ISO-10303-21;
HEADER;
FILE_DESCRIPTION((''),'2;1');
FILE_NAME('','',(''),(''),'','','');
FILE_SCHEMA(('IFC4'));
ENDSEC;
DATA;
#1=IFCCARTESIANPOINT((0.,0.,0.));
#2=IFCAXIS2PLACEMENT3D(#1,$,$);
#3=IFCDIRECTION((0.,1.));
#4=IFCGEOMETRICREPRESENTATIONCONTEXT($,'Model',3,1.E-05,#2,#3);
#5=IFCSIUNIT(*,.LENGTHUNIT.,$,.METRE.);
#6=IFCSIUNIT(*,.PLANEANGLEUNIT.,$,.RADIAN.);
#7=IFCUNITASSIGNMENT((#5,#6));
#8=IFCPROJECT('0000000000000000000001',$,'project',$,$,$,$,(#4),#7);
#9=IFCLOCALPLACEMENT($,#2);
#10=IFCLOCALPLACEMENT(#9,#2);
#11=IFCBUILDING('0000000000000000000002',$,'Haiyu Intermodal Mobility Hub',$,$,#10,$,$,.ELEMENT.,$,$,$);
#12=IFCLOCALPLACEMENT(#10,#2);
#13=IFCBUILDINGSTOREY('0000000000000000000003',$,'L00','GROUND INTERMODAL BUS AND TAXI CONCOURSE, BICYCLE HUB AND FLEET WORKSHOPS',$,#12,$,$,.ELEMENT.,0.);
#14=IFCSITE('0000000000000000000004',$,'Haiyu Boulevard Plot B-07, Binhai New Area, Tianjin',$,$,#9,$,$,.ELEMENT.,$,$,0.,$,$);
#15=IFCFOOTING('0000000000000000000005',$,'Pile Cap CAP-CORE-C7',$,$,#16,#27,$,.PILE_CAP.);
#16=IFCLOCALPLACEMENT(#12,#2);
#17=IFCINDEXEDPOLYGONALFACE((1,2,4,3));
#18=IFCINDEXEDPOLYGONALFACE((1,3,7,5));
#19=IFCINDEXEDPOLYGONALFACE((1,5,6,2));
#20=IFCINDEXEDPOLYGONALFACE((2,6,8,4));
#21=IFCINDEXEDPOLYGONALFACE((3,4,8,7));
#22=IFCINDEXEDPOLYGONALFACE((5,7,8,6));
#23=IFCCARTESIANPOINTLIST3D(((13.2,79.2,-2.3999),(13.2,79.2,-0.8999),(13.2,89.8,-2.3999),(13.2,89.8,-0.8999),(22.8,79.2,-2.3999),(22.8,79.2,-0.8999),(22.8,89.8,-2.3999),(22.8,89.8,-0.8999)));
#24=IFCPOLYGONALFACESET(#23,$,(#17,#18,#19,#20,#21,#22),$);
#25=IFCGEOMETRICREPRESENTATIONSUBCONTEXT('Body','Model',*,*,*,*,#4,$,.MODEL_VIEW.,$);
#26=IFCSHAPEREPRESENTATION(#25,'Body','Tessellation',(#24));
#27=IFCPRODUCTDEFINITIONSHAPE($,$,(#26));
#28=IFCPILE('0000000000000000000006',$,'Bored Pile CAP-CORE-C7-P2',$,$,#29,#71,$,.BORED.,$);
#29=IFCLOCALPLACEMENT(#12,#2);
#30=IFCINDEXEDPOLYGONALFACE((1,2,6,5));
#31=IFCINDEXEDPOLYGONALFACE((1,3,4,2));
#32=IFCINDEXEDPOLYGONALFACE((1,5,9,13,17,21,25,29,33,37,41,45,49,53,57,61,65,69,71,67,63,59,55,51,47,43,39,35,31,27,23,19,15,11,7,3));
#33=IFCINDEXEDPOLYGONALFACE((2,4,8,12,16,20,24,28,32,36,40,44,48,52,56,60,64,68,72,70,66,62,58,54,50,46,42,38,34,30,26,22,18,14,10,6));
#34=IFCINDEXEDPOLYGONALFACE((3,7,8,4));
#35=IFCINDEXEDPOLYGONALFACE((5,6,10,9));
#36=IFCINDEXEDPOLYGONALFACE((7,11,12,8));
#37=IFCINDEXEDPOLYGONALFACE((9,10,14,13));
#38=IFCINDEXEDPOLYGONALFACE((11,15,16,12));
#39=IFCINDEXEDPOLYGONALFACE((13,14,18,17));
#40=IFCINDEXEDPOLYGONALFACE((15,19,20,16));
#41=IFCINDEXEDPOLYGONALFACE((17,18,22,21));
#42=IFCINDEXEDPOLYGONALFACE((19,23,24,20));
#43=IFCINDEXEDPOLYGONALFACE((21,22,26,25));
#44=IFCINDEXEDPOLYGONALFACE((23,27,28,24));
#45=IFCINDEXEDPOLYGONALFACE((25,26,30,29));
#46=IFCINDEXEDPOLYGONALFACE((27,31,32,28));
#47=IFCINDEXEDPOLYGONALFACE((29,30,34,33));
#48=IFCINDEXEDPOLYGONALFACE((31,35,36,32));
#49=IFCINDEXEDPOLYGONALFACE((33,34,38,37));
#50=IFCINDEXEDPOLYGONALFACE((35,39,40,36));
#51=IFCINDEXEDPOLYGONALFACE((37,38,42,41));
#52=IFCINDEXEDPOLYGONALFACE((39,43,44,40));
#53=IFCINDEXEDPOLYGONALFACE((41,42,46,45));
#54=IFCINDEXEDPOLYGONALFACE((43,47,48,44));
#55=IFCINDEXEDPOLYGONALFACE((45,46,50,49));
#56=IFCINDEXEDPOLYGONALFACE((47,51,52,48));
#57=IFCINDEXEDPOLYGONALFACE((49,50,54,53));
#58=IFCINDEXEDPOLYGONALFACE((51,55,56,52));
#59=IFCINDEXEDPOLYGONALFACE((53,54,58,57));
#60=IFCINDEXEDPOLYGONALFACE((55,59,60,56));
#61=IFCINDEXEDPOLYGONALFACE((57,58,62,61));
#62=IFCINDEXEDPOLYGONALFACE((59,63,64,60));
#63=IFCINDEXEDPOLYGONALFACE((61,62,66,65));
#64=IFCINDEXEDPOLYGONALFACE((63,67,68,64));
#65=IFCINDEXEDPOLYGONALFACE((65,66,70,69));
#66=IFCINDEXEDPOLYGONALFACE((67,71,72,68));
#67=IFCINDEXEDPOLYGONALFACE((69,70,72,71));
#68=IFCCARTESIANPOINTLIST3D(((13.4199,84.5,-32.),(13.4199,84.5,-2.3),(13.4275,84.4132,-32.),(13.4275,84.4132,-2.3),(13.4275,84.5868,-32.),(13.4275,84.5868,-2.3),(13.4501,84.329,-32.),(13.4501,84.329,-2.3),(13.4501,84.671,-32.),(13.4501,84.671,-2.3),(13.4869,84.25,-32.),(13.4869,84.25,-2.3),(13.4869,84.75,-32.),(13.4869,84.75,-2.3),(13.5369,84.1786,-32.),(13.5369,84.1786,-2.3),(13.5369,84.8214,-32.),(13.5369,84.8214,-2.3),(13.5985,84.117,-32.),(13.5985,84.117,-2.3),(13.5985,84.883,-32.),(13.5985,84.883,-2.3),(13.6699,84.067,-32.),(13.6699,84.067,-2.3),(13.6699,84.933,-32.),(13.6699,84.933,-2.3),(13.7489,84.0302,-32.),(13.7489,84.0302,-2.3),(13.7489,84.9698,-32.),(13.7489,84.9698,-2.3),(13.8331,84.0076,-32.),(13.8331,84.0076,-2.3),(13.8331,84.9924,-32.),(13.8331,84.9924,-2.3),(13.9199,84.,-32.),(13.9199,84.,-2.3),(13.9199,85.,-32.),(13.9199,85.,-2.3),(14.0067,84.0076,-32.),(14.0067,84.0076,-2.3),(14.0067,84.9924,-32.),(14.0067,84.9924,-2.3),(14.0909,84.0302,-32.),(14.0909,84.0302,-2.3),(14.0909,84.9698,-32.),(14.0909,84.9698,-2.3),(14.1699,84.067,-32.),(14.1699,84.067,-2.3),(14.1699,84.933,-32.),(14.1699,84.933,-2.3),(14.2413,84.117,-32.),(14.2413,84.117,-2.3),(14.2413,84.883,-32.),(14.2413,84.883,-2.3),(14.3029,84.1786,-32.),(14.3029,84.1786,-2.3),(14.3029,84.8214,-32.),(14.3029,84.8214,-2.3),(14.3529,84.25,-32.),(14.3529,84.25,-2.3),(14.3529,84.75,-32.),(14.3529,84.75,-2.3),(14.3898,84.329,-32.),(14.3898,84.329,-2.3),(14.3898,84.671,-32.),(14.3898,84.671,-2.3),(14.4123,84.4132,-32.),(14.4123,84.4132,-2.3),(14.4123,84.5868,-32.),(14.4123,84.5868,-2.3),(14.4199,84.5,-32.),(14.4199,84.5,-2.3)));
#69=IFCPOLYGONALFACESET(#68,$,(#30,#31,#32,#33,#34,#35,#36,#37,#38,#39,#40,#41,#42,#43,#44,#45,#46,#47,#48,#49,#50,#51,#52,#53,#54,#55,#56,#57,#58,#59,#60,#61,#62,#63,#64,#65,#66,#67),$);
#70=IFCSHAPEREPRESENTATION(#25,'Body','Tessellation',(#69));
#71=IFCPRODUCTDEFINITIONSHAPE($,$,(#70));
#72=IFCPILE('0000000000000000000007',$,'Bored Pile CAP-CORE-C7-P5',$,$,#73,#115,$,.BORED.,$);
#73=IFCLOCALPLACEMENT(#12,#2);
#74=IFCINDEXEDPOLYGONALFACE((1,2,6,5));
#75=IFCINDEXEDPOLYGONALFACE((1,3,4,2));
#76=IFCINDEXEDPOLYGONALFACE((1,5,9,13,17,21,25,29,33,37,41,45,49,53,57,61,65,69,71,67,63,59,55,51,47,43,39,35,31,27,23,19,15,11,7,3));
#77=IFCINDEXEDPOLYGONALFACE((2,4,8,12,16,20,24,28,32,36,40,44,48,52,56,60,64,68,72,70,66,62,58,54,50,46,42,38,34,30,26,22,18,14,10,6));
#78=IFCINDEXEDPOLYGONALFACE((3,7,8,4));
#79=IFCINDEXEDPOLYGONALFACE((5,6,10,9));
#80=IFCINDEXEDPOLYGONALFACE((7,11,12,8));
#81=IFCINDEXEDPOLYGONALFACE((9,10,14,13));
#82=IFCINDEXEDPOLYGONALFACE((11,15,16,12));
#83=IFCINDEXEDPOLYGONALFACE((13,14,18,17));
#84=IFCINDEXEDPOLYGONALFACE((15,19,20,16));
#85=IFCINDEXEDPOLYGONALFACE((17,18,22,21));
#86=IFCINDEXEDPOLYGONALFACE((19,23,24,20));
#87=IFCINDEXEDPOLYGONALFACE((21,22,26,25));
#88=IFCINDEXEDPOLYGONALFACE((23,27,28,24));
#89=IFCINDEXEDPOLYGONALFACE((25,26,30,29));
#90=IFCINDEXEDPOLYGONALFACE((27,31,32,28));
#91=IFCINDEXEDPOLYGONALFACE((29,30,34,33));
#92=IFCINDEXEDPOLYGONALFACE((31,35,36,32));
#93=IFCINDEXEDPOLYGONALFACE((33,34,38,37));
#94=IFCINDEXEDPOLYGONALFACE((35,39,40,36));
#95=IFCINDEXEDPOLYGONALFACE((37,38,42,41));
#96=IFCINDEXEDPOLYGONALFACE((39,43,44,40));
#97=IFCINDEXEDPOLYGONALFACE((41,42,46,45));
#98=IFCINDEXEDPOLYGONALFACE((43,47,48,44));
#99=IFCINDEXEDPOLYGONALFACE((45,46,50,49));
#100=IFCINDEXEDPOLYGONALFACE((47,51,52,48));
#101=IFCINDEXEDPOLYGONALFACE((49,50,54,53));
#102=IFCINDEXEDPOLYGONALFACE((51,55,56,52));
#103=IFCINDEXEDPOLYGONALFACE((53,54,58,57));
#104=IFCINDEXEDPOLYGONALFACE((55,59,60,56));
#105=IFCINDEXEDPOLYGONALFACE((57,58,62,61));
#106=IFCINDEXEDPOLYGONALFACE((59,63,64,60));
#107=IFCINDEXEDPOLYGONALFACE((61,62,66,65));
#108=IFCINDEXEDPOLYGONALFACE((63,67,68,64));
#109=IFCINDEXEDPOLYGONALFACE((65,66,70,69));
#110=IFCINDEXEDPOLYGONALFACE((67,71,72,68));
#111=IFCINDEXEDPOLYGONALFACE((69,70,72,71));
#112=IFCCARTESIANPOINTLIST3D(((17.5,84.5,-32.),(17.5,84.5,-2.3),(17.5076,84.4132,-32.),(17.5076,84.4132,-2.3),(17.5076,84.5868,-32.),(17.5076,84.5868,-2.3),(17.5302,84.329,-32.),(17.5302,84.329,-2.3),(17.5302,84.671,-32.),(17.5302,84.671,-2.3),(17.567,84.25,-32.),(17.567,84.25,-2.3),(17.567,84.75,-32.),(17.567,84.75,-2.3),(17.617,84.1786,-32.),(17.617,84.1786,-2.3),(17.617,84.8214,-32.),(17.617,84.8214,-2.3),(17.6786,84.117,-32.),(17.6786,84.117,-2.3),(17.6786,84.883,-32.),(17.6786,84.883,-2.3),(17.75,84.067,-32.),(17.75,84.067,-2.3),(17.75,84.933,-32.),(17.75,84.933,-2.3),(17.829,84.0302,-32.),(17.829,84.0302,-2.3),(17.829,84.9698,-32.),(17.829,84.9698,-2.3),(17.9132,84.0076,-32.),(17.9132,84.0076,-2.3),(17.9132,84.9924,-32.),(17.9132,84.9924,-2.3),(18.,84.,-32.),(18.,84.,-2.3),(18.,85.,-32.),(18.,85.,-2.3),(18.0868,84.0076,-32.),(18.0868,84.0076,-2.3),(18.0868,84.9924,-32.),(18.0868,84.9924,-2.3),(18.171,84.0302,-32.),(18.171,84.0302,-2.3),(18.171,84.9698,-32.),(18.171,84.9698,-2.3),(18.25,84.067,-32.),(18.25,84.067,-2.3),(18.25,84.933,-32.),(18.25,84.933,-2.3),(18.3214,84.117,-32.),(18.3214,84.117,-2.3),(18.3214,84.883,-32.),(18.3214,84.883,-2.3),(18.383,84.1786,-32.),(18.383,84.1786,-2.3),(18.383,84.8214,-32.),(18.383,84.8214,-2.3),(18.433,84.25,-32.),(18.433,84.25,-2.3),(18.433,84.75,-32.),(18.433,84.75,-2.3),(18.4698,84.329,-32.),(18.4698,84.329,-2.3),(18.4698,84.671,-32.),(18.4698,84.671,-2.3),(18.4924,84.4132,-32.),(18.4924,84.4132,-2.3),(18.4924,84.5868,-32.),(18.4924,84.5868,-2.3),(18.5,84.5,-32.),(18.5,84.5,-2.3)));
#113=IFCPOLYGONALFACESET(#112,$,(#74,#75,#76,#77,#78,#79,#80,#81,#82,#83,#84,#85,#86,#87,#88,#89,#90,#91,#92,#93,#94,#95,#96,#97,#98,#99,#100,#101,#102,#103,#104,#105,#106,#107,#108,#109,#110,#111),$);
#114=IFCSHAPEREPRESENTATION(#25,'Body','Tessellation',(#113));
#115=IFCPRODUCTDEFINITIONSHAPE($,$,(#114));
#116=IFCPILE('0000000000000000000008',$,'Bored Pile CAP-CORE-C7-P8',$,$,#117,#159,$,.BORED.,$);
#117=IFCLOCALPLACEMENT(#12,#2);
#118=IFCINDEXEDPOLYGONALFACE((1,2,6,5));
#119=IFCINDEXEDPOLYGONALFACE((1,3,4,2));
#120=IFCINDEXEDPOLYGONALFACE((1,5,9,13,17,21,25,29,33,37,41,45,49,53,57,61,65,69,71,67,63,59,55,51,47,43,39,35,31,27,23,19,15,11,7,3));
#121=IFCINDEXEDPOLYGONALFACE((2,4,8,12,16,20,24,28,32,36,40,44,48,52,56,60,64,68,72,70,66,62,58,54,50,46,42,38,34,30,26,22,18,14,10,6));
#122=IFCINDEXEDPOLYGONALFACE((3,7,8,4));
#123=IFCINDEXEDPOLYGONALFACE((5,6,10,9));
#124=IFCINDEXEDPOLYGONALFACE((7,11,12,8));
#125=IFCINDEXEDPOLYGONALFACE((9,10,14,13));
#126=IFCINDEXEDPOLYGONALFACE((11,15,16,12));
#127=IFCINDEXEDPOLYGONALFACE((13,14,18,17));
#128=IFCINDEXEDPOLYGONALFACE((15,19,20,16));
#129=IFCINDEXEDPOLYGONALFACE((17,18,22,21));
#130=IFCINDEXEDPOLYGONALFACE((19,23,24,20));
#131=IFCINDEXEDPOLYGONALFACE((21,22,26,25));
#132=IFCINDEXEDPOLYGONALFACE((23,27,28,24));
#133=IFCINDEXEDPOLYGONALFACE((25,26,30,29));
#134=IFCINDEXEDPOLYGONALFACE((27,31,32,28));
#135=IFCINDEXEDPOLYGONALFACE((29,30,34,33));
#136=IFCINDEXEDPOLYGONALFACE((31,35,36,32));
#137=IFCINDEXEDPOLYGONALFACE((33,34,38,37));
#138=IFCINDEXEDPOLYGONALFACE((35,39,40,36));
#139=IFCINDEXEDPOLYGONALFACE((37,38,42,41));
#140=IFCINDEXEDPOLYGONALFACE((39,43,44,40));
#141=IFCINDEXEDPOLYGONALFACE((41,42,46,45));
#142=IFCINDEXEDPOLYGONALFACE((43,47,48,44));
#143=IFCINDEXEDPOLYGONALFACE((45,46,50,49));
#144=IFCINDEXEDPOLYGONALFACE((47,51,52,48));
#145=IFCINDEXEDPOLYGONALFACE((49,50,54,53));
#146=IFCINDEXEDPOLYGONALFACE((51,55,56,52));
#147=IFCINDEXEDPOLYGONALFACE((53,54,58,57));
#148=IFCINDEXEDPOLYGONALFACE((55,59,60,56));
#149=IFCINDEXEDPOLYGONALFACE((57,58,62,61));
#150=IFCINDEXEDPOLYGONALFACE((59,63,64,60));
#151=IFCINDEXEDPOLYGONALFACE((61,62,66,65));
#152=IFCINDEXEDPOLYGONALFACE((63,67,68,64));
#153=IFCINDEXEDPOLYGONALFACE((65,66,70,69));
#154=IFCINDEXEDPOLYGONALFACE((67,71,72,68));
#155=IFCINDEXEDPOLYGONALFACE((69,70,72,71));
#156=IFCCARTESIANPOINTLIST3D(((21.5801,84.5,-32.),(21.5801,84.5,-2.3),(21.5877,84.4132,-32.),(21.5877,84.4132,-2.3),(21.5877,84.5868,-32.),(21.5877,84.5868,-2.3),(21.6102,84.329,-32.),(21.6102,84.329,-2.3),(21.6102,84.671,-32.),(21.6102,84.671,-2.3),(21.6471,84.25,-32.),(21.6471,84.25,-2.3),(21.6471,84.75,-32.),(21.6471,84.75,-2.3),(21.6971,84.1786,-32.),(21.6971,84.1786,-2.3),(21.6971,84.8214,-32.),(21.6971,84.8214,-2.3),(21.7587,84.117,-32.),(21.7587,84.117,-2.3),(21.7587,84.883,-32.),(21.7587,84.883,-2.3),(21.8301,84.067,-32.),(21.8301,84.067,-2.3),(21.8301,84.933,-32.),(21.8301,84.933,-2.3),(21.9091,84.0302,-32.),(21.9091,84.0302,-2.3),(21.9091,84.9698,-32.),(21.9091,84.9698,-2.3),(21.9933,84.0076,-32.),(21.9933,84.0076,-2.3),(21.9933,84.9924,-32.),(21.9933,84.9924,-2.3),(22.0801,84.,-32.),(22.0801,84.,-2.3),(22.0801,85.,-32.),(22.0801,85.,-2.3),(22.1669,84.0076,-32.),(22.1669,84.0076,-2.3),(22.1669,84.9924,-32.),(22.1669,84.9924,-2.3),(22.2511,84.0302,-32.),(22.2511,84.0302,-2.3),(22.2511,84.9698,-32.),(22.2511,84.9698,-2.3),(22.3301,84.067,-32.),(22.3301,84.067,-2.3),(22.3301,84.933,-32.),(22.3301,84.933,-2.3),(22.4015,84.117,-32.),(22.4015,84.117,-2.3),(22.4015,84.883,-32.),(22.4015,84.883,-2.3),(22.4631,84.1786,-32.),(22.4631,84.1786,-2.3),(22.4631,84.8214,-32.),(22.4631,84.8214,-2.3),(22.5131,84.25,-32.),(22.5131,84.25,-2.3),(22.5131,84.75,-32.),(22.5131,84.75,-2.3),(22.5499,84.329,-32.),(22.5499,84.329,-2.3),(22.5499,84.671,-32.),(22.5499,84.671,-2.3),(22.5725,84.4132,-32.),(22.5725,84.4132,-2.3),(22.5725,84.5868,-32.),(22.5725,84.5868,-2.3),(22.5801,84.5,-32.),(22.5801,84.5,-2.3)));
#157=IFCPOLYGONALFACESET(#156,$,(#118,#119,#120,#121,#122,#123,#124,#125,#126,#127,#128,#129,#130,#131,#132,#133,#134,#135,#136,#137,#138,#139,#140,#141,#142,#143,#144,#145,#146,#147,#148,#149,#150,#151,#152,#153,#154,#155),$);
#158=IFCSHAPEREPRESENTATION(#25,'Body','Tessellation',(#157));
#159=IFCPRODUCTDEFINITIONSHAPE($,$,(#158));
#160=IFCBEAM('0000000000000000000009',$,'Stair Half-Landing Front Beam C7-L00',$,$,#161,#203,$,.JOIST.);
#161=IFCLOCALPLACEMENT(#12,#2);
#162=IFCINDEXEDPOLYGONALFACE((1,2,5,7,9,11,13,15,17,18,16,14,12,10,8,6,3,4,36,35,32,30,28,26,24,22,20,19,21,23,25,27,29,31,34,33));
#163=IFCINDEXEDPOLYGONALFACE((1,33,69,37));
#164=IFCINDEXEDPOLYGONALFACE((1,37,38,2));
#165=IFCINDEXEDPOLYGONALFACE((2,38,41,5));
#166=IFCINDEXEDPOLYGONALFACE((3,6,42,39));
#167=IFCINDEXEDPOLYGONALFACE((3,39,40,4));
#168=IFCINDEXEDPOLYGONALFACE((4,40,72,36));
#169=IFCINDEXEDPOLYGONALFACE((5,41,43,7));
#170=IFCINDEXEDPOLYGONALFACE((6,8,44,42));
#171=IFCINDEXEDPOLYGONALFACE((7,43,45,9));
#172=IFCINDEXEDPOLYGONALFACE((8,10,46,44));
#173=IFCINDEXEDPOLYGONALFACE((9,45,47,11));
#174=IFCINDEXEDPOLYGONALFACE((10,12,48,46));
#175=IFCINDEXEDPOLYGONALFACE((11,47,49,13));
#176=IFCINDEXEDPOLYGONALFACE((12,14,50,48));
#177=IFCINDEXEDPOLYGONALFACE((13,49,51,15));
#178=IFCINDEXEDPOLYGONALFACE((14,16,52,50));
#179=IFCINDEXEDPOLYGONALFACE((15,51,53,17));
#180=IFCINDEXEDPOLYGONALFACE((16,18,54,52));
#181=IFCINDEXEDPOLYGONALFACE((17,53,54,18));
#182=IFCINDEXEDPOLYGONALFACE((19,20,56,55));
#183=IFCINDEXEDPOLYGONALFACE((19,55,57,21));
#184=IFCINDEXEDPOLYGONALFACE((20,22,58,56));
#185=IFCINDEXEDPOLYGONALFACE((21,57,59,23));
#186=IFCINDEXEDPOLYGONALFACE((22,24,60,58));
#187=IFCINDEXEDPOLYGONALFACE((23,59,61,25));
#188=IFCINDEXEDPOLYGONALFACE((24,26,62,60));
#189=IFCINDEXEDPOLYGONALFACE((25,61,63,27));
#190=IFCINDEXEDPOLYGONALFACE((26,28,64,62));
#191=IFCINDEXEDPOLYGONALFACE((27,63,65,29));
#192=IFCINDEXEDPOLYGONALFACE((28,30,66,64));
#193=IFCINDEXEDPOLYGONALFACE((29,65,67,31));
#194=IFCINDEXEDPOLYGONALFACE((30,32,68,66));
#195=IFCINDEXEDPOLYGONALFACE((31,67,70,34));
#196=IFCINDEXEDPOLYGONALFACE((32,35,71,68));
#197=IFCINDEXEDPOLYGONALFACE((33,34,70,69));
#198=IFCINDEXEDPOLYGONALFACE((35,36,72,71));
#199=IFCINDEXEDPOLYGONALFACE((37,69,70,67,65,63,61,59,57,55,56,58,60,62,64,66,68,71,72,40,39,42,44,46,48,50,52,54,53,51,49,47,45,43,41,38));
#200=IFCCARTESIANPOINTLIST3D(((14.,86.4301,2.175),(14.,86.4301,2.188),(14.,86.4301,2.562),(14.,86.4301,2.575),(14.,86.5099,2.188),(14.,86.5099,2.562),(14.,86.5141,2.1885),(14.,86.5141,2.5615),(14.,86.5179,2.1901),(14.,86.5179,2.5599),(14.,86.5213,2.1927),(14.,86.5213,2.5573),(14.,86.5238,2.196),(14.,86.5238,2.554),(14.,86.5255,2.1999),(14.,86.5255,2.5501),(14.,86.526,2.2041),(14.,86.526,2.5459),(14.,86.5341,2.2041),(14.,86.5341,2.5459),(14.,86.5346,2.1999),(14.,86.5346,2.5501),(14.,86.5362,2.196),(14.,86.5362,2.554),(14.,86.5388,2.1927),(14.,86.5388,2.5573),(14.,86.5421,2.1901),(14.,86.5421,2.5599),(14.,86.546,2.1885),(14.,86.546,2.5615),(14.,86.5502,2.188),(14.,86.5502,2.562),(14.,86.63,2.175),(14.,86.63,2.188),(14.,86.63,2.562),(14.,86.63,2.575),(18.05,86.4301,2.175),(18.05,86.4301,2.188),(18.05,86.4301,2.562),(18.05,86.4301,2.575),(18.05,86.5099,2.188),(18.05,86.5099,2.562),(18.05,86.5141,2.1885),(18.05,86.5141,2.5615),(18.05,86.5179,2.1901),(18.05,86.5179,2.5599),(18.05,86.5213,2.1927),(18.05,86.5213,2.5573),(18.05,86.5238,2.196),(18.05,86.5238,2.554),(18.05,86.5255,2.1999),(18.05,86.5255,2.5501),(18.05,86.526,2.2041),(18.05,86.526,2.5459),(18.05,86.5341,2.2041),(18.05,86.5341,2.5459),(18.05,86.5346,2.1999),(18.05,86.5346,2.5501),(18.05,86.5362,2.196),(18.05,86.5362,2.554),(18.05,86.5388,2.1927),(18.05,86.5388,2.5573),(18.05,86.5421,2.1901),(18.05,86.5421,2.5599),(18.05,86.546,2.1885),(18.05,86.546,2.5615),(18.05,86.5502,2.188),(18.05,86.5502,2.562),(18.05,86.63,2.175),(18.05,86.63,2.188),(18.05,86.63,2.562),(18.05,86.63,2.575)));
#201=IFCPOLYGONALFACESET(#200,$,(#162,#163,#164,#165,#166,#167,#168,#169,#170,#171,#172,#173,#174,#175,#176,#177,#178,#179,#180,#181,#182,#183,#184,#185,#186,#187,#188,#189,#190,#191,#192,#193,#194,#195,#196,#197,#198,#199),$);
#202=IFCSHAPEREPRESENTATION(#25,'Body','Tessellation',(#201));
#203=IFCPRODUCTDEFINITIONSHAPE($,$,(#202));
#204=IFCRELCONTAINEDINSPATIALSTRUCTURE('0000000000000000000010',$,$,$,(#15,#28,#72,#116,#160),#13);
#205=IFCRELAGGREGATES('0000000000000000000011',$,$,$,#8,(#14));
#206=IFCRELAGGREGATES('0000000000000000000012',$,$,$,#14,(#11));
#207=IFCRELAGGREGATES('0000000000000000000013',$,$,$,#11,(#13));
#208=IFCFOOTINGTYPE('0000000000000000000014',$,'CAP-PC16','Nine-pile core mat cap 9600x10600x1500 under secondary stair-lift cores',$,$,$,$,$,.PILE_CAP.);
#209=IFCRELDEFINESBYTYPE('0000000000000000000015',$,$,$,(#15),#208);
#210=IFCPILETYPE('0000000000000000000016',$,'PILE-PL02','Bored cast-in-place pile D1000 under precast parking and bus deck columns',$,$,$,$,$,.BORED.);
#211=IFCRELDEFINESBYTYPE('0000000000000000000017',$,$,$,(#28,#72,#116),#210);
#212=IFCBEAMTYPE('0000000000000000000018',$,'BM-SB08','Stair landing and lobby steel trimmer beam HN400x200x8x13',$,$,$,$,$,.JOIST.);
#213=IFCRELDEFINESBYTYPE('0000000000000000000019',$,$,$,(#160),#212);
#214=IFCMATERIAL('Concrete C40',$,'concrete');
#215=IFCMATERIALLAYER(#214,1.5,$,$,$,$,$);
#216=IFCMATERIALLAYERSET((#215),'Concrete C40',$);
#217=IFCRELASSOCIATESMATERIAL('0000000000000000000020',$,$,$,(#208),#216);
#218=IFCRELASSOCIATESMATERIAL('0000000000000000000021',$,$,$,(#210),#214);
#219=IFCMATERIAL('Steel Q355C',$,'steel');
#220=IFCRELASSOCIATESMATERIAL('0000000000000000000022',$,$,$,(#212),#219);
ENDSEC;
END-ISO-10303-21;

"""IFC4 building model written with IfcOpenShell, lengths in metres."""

from ifc_helpers import new_model, si_unit, direction, frame, origin, origin_2d, place, context, subcontext, project, spatial, rectangle, circle, i_section, extrude, material, layer, layer_set, material_profile, profile_set, type_object, element, save


model = new_model("IFC4")

# Units and contexts
model_context = context("Model", 3, precision=1e-05, world=origin(), true_north=direction((0.0, 1.0)))
body_context = subcontext(model_context, "Body", "Model", "MODEL_VIEW")
ifc_project = project(units=[si_unit("LENGTHUNIT", "METRE"), si_unit("PLANEANGLEUNIT", "RADIAN")], contexts=[model_context])

# Site, building, storey
site_placement = place(None, origin())
site = spatial("IfcSite", under=ifc_project, at=site_placement, Name="Haiyu Boulevard Plot B-07, Binhai New Area, Tianjin", CompositionType="ELEMENT", RefElevation=0.0)
building_placement = place(site_placement, origin())
building = spatial("IfcBuilding", under=site, at=building_placement, Name="Haiyu Intermodal Mobility Hub", CompositionType="ELEMENT")
storey_placement = place(building_placement, origin())
storey = spatial("IfcBuildingStorey", under=building, at=storey_placement, Name="L00", Description="GROUND INTERMODAL BUS AND TAXI CONCOURSE, BICYCLE HUB AND FLEET WORKSHOPS", CompositionType="ELEMENT", Elevation=0.0)

# Footing
ifc_material_1 = material(Name="Concrete C40", Category="concrete")
ifc_layer_1 = layer(ifc_material_1, 1.5)
ifc_layer_set_1 = layer_set([ifc_layer_1], Name="Concrete C40")
footing_type = type_object("IfcFootingType", Name="CAP-PC16", Description="Nine-pile core mat cap 9600x10600x1500 under secondary stair-lift cores", PredefinedType="PILE_CAP", material=ifc_layer_set_1)
footing_placement = place(storey_placement, frame((18.0, 84.5, -2.3999), z_axis=(0.0, 0.0, 1.0), x_axis=(1.0, 0.0, 0.0)))
element("IfcFooting", 1, at=footing_placement, inside=storey, type_object=footing_type, Name="Pile Cap CAP-CORE-C7", PredefinedType="PILE_CAP", context=body_context, shape_type="SweptSolid", body=[
    extrude(rectangle(XDim=9.6001, YDim=10.6001, at=origin_2d()), origin(), (0.0, 0.0, 1.0), 1.5),
])

# Piles
ifc_material_profile_1 = material_profile(ifc_material_1, circle(Radius=0.5, at=origin_2d()), Name="PILE-D1000")
ifc_profile_set_1 = profile_set([ifc_material_profile_1], Name="Concrete C40")
pile_type = type_object("IfcPileType", Name="PILE-PL02", Description="Bored cast-in-place pile D1000 under precast parking and bus deck columns", PredefinedType="BORED", material=ifc_profile_set_1)
for number, where, z_axis, x_axis, name in (
    (2, (13.9199, 84.5, -2.3), (0.0, 0.0, -1.0), (1.0, 0.0, 0.0), "Bored Pile CAP-CORE-C7-P2"),
    (3, (18.0, 84.5, -2.3), (0.0, 0.0, -1.0), (1.0, 0.0, 0.0), "Bored Pile CAP-CORE-C7-P5"),
    (4, (22.0801, 84.5, -2.3), (0.0, 0.0, -1.0), (1.0, 0.0, 0.0), "Bored Pile CAP-CORE-C7-P8"),
):
    element("IfcPile", number, at=place(storey_placement, frame(where, z_axis=z_axis, x_axis=x_axis)), inside=storey, type_object=pile_type, Name=name, PredefinedType="BORED", context=body_context, shape_type="SweptSolid", body=[
        extrude(circle(Radius=0.5, at=origin_2d()), origin(), (0.0, 0.0, 1.0), 29.7),
    ])

# Beam
ifc_material_2 = material(Name="Steel Q355C", Category="steel")
ifc_material_profile_2 = material_profile(ifc_material_2, i_section(OverallWidth=0.2, OverallDepth=0.3999, WebThickness=0.0081, FlangeThickness=0.0129, FilletRadius=0.0161, at=origin_2d()), Name="HN400x200x8x13")
ifc_profile_set_2 = profile_set([ifc_material_profile_2], Name="Steel Q355C")
beam_type = type_object("IfcBeamType", Name="BM-SB08", Description="Stair landing and lobby steel trimmer beam HN400x200x8x13", PredefinedType="JOIST", material=ifc_profile_set_2)
beam_placement = place(storey_placement, frame((14.0, 86.53, 2.375), z_axis=(1.0, 0.0, 0.0), x_axis=(0.0, 1.0, 0.0)))
element("IfcBeam", 5, at=beam_placement, inside=storey, type_object=beam_type, Name="Stair Half-Landing Front Beam C7-L00", PredefinedType="JOIST", context=body_context, shape_type="SweptSolid", body=[
    extrude(i_section(OverallWidth=0.2, OverallDepth=0.3999, WebThickness=0.0081, FlangeThickness=0.0129, FilletRadius=0.0161, at=origin_2d()), origin(), (0.0, 0.0, 1.0), 4.05),
])

save(model, "model.ifc")
